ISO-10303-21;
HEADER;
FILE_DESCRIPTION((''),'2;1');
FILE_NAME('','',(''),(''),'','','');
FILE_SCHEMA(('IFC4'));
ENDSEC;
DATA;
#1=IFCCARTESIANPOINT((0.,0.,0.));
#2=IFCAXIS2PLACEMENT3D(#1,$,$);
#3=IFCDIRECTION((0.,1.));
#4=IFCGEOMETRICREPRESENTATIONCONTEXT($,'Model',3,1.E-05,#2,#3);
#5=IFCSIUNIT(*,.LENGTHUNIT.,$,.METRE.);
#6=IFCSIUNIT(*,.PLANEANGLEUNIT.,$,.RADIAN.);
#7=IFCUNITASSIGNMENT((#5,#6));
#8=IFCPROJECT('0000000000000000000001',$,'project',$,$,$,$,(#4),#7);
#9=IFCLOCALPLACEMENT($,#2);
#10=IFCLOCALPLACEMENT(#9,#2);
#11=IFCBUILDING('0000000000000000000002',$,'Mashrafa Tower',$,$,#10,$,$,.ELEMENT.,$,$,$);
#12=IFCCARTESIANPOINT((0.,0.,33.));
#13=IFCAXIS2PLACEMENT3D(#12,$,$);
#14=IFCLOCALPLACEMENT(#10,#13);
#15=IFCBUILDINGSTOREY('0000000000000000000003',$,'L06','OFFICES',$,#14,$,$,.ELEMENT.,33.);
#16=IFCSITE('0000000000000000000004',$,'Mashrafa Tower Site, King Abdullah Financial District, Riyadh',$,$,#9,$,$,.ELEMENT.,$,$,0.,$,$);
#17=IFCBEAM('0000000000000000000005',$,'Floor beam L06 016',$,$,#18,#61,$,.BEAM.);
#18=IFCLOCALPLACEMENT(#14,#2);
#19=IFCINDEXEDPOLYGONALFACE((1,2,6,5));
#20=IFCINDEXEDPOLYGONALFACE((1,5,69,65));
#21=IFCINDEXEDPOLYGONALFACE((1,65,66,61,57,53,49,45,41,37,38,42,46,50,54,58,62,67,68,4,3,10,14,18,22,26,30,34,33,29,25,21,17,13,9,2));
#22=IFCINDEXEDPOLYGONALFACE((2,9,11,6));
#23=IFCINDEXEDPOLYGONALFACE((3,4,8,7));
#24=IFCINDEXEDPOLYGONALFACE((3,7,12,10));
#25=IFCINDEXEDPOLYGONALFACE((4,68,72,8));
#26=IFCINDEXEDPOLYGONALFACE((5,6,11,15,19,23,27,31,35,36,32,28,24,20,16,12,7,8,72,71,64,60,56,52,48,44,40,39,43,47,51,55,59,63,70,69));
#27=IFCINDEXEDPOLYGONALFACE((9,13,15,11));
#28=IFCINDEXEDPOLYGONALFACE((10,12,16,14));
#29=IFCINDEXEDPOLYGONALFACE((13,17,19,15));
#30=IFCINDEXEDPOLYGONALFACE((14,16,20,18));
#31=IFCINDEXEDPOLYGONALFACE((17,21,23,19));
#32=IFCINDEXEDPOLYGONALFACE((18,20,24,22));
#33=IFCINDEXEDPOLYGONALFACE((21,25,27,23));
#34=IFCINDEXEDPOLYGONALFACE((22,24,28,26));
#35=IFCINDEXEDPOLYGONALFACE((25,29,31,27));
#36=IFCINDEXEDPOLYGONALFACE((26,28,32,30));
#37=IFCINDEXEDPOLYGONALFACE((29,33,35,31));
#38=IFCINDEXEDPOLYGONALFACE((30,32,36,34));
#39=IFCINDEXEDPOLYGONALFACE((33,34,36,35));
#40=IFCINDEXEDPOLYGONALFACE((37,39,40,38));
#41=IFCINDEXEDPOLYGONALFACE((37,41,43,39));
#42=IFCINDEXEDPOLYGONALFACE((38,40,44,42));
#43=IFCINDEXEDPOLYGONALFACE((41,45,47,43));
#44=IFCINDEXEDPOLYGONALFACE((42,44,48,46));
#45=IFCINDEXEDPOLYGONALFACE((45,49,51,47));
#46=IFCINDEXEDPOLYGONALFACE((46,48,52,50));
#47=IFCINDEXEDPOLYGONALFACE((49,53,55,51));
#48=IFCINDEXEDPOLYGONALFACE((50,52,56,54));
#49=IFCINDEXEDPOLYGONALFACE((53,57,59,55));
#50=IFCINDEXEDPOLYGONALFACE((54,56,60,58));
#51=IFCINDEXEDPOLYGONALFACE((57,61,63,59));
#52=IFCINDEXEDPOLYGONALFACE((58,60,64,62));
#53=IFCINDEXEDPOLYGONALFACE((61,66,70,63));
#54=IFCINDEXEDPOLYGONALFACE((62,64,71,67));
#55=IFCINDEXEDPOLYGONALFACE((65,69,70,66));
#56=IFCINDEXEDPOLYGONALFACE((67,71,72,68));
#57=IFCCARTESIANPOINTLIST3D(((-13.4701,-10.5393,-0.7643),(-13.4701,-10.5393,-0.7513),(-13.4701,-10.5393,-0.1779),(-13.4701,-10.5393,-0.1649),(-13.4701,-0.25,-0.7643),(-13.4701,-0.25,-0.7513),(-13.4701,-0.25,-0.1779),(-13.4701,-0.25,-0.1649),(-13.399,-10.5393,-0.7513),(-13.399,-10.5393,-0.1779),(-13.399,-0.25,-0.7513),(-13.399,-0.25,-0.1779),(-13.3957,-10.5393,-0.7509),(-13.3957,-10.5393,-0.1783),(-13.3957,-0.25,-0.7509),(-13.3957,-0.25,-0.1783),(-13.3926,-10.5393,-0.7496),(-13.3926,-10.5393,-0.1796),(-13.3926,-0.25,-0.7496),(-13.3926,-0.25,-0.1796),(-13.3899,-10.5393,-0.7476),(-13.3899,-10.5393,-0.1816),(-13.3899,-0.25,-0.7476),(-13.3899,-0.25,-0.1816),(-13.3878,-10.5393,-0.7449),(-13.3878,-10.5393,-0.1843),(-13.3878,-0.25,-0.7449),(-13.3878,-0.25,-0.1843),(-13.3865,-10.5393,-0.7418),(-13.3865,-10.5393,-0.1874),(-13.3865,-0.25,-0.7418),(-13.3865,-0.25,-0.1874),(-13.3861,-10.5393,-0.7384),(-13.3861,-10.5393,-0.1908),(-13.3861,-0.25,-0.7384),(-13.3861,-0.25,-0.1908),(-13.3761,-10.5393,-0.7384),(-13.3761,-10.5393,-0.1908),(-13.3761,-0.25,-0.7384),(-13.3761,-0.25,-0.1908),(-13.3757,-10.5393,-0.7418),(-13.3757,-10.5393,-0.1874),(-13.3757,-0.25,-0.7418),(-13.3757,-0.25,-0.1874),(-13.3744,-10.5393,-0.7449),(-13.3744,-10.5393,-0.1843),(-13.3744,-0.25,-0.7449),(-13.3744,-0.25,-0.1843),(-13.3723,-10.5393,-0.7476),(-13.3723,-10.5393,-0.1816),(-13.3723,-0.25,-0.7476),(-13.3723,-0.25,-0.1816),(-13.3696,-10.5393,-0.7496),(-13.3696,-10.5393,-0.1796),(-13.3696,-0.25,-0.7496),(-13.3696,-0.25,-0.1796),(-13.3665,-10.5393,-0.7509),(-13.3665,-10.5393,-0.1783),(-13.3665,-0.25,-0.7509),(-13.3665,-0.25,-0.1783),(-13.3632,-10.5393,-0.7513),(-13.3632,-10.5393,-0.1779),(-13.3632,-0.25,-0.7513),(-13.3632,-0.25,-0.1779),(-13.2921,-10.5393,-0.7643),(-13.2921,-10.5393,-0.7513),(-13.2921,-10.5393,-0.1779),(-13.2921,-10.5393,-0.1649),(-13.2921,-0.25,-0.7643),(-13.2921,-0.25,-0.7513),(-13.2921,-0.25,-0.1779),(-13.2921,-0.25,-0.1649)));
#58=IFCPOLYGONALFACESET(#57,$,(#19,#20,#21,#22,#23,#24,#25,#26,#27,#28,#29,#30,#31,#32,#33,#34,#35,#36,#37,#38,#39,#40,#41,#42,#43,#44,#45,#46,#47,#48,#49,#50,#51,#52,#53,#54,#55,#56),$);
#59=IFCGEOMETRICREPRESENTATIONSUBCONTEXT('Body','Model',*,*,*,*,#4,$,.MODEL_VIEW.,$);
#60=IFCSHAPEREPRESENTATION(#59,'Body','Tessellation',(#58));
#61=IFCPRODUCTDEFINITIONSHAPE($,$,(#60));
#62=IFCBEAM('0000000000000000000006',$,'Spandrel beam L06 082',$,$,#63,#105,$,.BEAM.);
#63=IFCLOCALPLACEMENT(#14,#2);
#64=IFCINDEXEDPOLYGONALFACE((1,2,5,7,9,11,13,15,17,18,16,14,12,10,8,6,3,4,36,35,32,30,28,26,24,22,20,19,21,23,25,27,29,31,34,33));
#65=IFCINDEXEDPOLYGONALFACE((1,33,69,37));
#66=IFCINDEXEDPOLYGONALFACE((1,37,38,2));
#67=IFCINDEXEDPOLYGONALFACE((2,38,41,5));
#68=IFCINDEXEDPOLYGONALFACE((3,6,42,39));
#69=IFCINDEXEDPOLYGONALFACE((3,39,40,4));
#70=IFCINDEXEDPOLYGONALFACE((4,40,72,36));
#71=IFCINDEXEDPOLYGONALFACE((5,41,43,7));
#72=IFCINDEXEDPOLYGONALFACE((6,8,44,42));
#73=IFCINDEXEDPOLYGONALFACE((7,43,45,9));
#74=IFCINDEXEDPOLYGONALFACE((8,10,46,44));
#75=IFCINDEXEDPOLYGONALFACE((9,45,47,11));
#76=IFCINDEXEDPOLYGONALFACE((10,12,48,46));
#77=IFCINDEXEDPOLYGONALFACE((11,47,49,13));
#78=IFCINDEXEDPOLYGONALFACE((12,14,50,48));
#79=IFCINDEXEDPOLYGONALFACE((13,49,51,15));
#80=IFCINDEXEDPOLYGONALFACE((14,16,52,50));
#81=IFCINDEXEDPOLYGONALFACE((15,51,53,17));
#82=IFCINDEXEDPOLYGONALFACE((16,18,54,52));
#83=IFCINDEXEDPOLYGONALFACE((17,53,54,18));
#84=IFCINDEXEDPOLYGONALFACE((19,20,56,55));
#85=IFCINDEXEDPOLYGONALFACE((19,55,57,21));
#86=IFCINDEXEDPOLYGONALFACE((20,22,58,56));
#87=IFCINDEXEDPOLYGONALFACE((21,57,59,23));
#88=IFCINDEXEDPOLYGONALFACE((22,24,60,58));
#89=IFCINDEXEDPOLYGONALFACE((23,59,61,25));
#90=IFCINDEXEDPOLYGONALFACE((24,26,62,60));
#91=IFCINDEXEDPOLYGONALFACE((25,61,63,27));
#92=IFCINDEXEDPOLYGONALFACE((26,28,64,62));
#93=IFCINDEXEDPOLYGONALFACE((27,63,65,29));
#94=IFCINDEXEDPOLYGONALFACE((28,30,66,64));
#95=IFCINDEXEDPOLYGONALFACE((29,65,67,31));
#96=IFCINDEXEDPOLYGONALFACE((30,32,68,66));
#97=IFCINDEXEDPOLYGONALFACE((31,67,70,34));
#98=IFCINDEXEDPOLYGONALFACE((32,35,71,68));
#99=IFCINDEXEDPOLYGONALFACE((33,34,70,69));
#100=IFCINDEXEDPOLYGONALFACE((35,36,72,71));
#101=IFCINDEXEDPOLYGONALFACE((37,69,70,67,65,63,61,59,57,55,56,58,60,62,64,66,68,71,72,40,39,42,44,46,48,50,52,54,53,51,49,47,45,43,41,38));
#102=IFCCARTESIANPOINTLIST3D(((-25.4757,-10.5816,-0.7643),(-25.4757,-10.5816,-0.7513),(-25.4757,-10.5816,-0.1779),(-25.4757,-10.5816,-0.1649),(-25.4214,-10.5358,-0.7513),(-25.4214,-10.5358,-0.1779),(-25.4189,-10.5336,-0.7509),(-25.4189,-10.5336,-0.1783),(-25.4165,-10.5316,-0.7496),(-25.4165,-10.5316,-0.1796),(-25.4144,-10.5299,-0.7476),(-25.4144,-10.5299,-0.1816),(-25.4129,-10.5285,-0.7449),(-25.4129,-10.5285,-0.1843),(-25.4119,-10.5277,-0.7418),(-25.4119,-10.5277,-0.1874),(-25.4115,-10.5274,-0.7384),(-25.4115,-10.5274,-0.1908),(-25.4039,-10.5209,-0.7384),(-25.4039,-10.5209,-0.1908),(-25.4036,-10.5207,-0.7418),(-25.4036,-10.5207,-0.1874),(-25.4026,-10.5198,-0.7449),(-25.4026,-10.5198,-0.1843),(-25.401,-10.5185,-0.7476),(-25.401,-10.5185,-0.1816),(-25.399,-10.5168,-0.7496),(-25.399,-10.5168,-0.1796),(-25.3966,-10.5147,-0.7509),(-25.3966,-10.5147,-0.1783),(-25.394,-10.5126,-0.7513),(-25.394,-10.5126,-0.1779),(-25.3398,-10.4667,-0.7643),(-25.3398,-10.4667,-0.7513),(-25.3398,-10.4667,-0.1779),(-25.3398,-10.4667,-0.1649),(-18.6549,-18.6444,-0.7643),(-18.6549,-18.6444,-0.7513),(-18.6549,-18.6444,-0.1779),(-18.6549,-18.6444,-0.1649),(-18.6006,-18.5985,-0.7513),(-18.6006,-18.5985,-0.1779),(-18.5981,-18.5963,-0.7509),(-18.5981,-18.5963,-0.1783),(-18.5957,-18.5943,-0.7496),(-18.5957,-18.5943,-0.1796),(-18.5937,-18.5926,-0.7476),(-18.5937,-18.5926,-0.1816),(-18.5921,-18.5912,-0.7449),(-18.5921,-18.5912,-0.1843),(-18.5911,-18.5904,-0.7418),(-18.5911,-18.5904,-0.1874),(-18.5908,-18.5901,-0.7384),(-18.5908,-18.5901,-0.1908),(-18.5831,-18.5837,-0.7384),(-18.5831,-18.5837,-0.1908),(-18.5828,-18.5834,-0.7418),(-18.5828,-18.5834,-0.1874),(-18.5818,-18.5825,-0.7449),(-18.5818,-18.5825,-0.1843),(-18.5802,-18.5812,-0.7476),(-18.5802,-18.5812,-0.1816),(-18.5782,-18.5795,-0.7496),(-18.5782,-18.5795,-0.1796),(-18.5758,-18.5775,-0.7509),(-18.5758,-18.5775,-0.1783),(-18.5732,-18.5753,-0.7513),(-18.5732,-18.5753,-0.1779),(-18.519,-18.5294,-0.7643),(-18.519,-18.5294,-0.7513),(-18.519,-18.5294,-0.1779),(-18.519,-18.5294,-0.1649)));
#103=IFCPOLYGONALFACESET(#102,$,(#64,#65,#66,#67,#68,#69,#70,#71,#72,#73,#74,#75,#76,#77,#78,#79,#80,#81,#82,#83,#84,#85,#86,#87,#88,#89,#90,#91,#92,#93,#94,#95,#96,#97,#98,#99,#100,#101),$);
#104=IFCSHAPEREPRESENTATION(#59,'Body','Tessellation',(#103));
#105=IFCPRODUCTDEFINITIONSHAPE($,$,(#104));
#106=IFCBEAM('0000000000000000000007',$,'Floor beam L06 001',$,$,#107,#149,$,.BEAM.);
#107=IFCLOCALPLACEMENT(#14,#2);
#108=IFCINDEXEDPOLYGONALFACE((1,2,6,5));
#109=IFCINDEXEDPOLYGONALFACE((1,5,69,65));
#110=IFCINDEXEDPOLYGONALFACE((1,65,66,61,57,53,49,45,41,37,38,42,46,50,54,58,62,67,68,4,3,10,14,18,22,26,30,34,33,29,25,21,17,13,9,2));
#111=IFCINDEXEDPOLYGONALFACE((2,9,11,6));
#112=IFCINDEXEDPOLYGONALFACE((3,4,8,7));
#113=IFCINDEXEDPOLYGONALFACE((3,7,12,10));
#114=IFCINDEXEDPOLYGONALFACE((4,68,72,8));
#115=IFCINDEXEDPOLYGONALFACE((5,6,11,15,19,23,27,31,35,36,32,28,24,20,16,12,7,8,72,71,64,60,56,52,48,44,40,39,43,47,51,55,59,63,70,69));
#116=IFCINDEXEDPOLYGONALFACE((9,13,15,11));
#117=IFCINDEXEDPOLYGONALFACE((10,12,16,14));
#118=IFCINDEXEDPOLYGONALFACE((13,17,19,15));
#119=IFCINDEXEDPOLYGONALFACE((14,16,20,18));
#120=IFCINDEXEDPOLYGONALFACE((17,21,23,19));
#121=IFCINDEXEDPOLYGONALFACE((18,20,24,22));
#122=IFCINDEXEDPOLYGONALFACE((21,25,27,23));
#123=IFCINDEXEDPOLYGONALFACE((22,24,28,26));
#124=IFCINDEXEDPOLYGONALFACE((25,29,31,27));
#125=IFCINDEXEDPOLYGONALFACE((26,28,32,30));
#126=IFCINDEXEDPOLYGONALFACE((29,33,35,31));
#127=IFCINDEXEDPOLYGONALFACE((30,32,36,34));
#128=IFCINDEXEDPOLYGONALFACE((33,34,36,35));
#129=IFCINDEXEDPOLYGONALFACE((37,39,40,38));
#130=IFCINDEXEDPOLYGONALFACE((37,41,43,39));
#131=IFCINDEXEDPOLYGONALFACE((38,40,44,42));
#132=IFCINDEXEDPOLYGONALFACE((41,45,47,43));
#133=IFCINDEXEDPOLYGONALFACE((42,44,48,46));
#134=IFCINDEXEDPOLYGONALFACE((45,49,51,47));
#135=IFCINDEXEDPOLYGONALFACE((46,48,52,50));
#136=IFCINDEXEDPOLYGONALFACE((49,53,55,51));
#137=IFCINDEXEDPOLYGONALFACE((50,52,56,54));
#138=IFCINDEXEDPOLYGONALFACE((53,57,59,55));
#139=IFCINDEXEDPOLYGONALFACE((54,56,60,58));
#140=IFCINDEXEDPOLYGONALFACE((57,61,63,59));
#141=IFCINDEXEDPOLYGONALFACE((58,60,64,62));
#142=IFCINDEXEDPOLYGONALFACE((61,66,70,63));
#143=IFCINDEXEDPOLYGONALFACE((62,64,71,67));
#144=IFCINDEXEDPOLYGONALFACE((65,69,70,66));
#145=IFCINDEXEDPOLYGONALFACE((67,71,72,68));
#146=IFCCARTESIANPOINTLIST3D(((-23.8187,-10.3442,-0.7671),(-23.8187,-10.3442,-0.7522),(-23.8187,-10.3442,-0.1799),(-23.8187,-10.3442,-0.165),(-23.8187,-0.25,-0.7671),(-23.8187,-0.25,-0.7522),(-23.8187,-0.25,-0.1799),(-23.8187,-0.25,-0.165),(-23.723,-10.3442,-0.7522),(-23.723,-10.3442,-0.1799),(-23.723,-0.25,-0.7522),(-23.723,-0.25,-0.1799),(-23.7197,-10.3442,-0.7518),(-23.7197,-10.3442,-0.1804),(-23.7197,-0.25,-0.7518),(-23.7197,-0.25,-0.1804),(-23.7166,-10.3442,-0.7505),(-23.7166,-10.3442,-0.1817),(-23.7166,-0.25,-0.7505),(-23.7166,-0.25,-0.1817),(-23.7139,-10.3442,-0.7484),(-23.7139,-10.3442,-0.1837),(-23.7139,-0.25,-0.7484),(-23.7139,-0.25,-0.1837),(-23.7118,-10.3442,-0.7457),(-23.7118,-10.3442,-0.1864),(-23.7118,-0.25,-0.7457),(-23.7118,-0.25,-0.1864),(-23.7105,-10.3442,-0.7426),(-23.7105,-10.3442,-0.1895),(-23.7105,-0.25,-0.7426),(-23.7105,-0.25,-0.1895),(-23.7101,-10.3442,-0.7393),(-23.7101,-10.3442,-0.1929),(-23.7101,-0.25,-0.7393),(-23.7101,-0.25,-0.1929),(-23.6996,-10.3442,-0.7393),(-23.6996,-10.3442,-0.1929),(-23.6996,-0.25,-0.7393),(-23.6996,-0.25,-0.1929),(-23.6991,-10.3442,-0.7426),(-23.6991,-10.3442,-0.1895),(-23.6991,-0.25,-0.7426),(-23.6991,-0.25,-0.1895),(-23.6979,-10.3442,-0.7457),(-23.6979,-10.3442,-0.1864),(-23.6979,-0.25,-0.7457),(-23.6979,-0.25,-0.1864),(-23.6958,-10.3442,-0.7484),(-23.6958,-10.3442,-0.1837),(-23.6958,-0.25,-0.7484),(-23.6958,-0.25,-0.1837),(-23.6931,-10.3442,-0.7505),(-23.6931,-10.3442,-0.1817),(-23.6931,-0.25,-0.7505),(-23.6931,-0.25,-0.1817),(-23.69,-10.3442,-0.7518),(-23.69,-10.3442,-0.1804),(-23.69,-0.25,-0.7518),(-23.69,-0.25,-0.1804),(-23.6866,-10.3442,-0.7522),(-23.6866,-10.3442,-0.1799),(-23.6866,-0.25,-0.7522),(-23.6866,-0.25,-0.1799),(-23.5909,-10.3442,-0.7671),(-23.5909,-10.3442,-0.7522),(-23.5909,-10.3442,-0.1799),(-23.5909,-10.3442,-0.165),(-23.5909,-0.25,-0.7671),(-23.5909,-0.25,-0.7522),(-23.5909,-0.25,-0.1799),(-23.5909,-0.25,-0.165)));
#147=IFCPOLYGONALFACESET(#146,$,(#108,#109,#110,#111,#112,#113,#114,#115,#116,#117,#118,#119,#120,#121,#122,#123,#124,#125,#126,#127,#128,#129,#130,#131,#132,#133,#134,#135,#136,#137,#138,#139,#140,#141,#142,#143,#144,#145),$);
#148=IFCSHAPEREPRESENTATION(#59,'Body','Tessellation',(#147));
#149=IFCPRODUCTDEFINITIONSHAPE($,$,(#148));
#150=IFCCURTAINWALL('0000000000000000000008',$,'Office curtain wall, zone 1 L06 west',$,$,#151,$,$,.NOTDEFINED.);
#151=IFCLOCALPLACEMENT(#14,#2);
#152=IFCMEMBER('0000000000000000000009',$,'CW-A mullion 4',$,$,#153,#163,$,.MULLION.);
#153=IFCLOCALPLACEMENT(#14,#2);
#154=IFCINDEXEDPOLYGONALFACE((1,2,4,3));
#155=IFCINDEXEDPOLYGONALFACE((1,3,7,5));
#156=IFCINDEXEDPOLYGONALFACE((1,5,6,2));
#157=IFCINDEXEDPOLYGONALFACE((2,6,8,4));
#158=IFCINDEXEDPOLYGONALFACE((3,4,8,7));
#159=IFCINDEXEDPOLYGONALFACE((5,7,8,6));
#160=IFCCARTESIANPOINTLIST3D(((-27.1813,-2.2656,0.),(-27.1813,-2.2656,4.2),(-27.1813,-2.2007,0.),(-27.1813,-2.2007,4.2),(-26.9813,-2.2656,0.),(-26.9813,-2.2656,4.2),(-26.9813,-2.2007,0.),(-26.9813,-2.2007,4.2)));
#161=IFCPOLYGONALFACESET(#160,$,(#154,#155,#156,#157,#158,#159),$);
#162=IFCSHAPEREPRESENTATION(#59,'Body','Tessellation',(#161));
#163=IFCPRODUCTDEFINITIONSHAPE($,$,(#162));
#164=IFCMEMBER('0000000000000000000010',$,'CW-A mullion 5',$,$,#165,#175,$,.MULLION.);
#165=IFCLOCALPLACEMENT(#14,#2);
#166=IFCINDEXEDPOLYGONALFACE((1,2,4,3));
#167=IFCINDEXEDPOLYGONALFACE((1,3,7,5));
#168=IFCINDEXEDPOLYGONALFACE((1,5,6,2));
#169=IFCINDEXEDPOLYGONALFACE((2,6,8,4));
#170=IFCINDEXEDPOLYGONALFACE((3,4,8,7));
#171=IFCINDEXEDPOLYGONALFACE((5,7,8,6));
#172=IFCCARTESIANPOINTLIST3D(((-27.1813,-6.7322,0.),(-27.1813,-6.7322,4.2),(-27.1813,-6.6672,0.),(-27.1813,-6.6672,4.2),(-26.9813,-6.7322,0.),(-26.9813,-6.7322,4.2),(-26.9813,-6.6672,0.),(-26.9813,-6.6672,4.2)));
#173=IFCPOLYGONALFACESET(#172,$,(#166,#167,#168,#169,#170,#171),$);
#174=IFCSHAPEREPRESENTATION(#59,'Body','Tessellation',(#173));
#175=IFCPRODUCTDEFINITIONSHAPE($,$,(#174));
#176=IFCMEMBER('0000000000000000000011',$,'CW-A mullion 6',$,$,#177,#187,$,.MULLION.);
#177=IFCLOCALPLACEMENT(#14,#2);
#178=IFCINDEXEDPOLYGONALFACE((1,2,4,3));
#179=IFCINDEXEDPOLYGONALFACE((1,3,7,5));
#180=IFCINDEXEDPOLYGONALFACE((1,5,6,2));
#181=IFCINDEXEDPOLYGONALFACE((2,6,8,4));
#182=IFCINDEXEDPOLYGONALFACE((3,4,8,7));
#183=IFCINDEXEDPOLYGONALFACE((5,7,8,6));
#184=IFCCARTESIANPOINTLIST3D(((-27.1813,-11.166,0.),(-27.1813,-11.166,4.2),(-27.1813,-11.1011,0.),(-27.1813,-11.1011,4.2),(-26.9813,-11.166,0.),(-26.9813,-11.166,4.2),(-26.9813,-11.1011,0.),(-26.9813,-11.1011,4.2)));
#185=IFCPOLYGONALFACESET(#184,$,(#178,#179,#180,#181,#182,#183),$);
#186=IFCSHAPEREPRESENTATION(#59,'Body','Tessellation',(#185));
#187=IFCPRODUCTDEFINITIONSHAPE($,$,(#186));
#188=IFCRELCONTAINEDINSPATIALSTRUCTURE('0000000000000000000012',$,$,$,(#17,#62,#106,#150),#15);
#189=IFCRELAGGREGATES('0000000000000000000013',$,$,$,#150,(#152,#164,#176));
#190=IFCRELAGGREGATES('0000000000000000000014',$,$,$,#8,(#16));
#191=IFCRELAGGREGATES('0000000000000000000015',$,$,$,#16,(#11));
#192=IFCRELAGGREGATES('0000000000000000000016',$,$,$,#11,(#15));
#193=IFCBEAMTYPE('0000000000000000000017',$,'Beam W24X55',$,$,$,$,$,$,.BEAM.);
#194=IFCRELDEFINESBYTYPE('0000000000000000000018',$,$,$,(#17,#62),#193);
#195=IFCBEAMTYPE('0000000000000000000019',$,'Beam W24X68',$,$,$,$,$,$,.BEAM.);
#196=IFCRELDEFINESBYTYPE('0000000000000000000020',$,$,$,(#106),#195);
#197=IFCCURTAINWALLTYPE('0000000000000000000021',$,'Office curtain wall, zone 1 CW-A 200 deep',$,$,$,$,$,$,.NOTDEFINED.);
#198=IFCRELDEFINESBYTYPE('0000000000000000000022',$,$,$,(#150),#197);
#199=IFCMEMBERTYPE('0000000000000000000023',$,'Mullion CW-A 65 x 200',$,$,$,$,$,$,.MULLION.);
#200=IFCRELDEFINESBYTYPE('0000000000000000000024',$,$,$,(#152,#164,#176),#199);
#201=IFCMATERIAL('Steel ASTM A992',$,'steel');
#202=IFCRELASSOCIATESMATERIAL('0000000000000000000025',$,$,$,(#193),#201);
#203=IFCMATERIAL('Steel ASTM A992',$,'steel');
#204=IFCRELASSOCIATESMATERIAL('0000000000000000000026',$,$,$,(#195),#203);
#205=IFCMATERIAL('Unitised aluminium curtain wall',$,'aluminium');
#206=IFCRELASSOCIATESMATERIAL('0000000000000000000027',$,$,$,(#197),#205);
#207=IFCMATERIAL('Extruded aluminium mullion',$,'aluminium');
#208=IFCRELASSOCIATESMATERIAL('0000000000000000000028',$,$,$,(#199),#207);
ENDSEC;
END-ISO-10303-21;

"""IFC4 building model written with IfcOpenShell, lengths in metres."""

from ifc_helpers import new_model, si_unit, direction, frame, origin, origin_2d, place, context, subcontext, project, spatial, rectangle, i_section, extrude, source, transform, mapped, material, material_profile, profile_set, type_object, type_shapes, element, aggregate, save


model = new_model("IFC4")

# Units and contexts
model_context = context("Model", 3, precision=1e-05, world=origin(), true_north=direction((0.0, 1.0)))
body_context = subcontext(model_context, "Body", "Model", "MODEL_VIEW")
ifc_project = project(units=[si_unit("LENGTHUNIT", "METRE"), si_unit("PLANEANGLEUNIT", "RADIAN")], contexts=[model_context])

# Site, building, storey
site_placement = place(None, origin())
site = spatial("IfcSite", under=ifc_project, at=site_placement, Name="Mashrafa Tower Site, King Abdullah Financial District, Riyadh", CompositionType="ELEMENT", RefElevation=0.0)
building_placement = place(site_placement, origin())
building = spatial("IfcBuilding", under=site, at=building_placement, Name="Mashrafa Tower", CompositionType="ELEMENT")
storey_placement = place(building_placement, frame((0.0, 0.0, 33.0)))
storey = spatial("IfcBuildingStorey", under=building, at=storey_placement, Name="L06", Description="OFFICES", CompositionType="ELEMENT", Elevation=33.0)

# Beams
ifc_material_1 = material(Name="Steel ASTM A992", Category="steel")
ifc_material_profile_1 = material_profile(ifc_material_1, i_section(OverallWidth=0.178, OverallDepth=0.5994, WebThickness=0.01, FlangeThickness=0.0129, FilletRadius=0.0129, at=origin_2d()), Name="W24X55")
ifc_profile_set_1 = profile_set([ifc_material_profile_1], Name="Steel ASTM A992")
beam_type_1 = type_object("IfcBeamType", Name="Beam W24X55", PredefinedType="BEAM", material=ifc_profile_set_1)
beam_1_placement = place(storey_placement, frame((-13.3811, -10.5393, -0.4646), z_axis=(0.0, 1.0, 0.0), x_axis=(-1.0, 0.0, 0.0)))
element("IfcBeam", 1, at=beam_1_placement, inside=storey, type_object=beam_type_1, Name="Floor beam L06 016", PredefinedType="BEAM", context=body_context, shape_type="SweptSolid", body=[
    extrude(i_section(OverallWidth=0.178, OverallDepth=0.5994, WebThickness=0.01, FlangeThickness=0.0129, FilletRadius=0.0129, at=origin_2d()), origin(), (0.0, 0.0, 1.0), 10.2893),
])
beam_2_placement = place(storey_placement, frame((-25.4077, -10.5242, -0.4646), z_axis=(0.645858, -0.763457, 0.0), x_axis=(0.763457, 0.645858, 0.0)))
element("IfcBeam", 2, at=beam_2_placement, inside=storey, type_object=beam_type_1, Name="Spandrel beam L06 082", PredefinedType="BEAM", context=body_context, shape_type="SweptSolid", body=[
    extrude(i_section(OverallWidth=0.178, OverallDepth=0.5994, WebThickness=0.01, FlangeThickness=0.0129, FilletRadius=0.0129, at=origin_2d()), origin(), (0.0, 0.0, 1.0), 10.5608),
])
ifc_material_2 = material(Name="Steel ASTM A992", Category="steel")
ifc_material_profile_2 = material_profile(ifc_material_2, i_section(OverallWidth=0.2278, OverallDepth=0.6021, WebThickness=0.0105, FlangeThickness=0.0149, FilletRadius=0.0129, at=origin_2d()), Name="W24X68")
ifc_profile_set_2 = profile_set([ifc_material_profile_2], Name="Steel ASTM A992")
beam_type_2 = type_object("IfcBeamType", Name="Beam W24X68", PredefinedType="BEAM", material=ifc_profile_set_2)
beam_3_placement = place(storey_placement, frame((-23.7048, -10.3442, -0.4661), z_axis=(0.0, 1.0, 0.0), x_axis=(-1.0, 0.0, 0.0)))
element("IfcBeam", 3, at=beam_3_placement, inside=storey, type_object=beam_type_2, Name="Floor beam L06 001", PredefinedType="BEAM", context=body_context, shape_type="SweptSolid", body=[
    extrude(i_section(OverallWidth=0.2278, OverallDepth=0.6021, WebThickness=0.0105, FlangeThickness=0.0149, FilletRadius=0.0129, at=origin_2d()), origin(), (0.0, 0.0, 1.0), 10.0942),
])

# Curtain wall, members
ifc_material_3 = material(Name="Unitised aluminium curtain wall", Category="aluminium")
curtain_wall_type = type_object("IfcCurtainWallType", Name="Office curtain wall, zone 1 CW-A 200 deep", PredefinedType="NOTDEFINED", material=ifc_material_3)
curtain_wall_placement = place(storey_placement, origin())
curtain_wall = element("IfcCurtainWall", 4, at=curtain_wall_placement, inside=storey, type_object=curtain_wall_type, Name="Office curtain wall, zone 1 L06 west", PredefinedType="NOTDEFINED")
ifc_material_4 = material(Name="Extruded aluminium mullion", Category="aluminium")
ifc_material_profile_3 = material_profile(ifc_material_4, rectangle(XDim=0.2, YDim=0.0649, at=origin_2d()), Name="Mullion 65x200")
ifc_profile_set_3 = profile_set([ifc_material_profile_3], Name="Extruded aluminium mullion")
member_type_1 = type_object("IfcMemberType", Name="Mullion CW-A 65 x 200", PredefinedType="MULLION", material=ifc_profile_set_3)
shared_shape_1 = source(origin(), body_context, "Body", "SweptSolid", [
    extrude(rectangle(XDim=0.2, YDim=0.0649, at=origin_2d()), origin(), (0.0, 0.0, 1.0), 4.2),
])
type_shapes(member_type_1, [shared_shape_1])
member_1_placement = place(storey_placement, frame((-27.0813, -2.2332, 0.0), z_axis=(0.0, 0.0, 1.0), x_axis=(1.0, 0.0, 0.0)))
member_1 = element("IfcMember", 5, at=member_1_placement, type_object=member_type_1, Name="CW-A mullion 4", PredefinedType="MULLION", context=body_context, shape_type="MappedRepresentation", body=[
    mapped(shared_shape_1, transform((0.0, 0.0, 0.0))),
])
member_2_placement = place(storey_placement, frame((-27.0813, -6.6997, 0.0), z_axis=(0.0, 0.0, 1.0), x_axis=(1.0, 0.0, 0.0)))
member_2 = element("IfcMember", 6, at=member_2_placement, type_object=member_type_1, Name="CW-A mullion 5", PredefinedType="MULLION", context=body_context, shape_type="MappedRepresentation", body=[
    mapped(shared_shape_1, transform((0.0, 0.0, 0.0))),
])
member_3_placement = place(storey_placement, frame((-27.0813, -11.1335, 0.0), z_axis=(0.0, 0.0, 1.0), x_axis=(1.0, 0.0, 0.0)))
member_3 = element("IfcMember", 7, at=member_3_placement, type_object=member_type_1, Name="CW-A mullion 6", PredefinedType="MULLION", context=body_context, shape_type="MappedRepresentation", body=[
    mapped(shared_shape_1, transform((0.0, 0.0, 0.0))),
])
aggregate(curtain_wall, [member_1, member_2, member_3])

save(model, "model.ifc")
